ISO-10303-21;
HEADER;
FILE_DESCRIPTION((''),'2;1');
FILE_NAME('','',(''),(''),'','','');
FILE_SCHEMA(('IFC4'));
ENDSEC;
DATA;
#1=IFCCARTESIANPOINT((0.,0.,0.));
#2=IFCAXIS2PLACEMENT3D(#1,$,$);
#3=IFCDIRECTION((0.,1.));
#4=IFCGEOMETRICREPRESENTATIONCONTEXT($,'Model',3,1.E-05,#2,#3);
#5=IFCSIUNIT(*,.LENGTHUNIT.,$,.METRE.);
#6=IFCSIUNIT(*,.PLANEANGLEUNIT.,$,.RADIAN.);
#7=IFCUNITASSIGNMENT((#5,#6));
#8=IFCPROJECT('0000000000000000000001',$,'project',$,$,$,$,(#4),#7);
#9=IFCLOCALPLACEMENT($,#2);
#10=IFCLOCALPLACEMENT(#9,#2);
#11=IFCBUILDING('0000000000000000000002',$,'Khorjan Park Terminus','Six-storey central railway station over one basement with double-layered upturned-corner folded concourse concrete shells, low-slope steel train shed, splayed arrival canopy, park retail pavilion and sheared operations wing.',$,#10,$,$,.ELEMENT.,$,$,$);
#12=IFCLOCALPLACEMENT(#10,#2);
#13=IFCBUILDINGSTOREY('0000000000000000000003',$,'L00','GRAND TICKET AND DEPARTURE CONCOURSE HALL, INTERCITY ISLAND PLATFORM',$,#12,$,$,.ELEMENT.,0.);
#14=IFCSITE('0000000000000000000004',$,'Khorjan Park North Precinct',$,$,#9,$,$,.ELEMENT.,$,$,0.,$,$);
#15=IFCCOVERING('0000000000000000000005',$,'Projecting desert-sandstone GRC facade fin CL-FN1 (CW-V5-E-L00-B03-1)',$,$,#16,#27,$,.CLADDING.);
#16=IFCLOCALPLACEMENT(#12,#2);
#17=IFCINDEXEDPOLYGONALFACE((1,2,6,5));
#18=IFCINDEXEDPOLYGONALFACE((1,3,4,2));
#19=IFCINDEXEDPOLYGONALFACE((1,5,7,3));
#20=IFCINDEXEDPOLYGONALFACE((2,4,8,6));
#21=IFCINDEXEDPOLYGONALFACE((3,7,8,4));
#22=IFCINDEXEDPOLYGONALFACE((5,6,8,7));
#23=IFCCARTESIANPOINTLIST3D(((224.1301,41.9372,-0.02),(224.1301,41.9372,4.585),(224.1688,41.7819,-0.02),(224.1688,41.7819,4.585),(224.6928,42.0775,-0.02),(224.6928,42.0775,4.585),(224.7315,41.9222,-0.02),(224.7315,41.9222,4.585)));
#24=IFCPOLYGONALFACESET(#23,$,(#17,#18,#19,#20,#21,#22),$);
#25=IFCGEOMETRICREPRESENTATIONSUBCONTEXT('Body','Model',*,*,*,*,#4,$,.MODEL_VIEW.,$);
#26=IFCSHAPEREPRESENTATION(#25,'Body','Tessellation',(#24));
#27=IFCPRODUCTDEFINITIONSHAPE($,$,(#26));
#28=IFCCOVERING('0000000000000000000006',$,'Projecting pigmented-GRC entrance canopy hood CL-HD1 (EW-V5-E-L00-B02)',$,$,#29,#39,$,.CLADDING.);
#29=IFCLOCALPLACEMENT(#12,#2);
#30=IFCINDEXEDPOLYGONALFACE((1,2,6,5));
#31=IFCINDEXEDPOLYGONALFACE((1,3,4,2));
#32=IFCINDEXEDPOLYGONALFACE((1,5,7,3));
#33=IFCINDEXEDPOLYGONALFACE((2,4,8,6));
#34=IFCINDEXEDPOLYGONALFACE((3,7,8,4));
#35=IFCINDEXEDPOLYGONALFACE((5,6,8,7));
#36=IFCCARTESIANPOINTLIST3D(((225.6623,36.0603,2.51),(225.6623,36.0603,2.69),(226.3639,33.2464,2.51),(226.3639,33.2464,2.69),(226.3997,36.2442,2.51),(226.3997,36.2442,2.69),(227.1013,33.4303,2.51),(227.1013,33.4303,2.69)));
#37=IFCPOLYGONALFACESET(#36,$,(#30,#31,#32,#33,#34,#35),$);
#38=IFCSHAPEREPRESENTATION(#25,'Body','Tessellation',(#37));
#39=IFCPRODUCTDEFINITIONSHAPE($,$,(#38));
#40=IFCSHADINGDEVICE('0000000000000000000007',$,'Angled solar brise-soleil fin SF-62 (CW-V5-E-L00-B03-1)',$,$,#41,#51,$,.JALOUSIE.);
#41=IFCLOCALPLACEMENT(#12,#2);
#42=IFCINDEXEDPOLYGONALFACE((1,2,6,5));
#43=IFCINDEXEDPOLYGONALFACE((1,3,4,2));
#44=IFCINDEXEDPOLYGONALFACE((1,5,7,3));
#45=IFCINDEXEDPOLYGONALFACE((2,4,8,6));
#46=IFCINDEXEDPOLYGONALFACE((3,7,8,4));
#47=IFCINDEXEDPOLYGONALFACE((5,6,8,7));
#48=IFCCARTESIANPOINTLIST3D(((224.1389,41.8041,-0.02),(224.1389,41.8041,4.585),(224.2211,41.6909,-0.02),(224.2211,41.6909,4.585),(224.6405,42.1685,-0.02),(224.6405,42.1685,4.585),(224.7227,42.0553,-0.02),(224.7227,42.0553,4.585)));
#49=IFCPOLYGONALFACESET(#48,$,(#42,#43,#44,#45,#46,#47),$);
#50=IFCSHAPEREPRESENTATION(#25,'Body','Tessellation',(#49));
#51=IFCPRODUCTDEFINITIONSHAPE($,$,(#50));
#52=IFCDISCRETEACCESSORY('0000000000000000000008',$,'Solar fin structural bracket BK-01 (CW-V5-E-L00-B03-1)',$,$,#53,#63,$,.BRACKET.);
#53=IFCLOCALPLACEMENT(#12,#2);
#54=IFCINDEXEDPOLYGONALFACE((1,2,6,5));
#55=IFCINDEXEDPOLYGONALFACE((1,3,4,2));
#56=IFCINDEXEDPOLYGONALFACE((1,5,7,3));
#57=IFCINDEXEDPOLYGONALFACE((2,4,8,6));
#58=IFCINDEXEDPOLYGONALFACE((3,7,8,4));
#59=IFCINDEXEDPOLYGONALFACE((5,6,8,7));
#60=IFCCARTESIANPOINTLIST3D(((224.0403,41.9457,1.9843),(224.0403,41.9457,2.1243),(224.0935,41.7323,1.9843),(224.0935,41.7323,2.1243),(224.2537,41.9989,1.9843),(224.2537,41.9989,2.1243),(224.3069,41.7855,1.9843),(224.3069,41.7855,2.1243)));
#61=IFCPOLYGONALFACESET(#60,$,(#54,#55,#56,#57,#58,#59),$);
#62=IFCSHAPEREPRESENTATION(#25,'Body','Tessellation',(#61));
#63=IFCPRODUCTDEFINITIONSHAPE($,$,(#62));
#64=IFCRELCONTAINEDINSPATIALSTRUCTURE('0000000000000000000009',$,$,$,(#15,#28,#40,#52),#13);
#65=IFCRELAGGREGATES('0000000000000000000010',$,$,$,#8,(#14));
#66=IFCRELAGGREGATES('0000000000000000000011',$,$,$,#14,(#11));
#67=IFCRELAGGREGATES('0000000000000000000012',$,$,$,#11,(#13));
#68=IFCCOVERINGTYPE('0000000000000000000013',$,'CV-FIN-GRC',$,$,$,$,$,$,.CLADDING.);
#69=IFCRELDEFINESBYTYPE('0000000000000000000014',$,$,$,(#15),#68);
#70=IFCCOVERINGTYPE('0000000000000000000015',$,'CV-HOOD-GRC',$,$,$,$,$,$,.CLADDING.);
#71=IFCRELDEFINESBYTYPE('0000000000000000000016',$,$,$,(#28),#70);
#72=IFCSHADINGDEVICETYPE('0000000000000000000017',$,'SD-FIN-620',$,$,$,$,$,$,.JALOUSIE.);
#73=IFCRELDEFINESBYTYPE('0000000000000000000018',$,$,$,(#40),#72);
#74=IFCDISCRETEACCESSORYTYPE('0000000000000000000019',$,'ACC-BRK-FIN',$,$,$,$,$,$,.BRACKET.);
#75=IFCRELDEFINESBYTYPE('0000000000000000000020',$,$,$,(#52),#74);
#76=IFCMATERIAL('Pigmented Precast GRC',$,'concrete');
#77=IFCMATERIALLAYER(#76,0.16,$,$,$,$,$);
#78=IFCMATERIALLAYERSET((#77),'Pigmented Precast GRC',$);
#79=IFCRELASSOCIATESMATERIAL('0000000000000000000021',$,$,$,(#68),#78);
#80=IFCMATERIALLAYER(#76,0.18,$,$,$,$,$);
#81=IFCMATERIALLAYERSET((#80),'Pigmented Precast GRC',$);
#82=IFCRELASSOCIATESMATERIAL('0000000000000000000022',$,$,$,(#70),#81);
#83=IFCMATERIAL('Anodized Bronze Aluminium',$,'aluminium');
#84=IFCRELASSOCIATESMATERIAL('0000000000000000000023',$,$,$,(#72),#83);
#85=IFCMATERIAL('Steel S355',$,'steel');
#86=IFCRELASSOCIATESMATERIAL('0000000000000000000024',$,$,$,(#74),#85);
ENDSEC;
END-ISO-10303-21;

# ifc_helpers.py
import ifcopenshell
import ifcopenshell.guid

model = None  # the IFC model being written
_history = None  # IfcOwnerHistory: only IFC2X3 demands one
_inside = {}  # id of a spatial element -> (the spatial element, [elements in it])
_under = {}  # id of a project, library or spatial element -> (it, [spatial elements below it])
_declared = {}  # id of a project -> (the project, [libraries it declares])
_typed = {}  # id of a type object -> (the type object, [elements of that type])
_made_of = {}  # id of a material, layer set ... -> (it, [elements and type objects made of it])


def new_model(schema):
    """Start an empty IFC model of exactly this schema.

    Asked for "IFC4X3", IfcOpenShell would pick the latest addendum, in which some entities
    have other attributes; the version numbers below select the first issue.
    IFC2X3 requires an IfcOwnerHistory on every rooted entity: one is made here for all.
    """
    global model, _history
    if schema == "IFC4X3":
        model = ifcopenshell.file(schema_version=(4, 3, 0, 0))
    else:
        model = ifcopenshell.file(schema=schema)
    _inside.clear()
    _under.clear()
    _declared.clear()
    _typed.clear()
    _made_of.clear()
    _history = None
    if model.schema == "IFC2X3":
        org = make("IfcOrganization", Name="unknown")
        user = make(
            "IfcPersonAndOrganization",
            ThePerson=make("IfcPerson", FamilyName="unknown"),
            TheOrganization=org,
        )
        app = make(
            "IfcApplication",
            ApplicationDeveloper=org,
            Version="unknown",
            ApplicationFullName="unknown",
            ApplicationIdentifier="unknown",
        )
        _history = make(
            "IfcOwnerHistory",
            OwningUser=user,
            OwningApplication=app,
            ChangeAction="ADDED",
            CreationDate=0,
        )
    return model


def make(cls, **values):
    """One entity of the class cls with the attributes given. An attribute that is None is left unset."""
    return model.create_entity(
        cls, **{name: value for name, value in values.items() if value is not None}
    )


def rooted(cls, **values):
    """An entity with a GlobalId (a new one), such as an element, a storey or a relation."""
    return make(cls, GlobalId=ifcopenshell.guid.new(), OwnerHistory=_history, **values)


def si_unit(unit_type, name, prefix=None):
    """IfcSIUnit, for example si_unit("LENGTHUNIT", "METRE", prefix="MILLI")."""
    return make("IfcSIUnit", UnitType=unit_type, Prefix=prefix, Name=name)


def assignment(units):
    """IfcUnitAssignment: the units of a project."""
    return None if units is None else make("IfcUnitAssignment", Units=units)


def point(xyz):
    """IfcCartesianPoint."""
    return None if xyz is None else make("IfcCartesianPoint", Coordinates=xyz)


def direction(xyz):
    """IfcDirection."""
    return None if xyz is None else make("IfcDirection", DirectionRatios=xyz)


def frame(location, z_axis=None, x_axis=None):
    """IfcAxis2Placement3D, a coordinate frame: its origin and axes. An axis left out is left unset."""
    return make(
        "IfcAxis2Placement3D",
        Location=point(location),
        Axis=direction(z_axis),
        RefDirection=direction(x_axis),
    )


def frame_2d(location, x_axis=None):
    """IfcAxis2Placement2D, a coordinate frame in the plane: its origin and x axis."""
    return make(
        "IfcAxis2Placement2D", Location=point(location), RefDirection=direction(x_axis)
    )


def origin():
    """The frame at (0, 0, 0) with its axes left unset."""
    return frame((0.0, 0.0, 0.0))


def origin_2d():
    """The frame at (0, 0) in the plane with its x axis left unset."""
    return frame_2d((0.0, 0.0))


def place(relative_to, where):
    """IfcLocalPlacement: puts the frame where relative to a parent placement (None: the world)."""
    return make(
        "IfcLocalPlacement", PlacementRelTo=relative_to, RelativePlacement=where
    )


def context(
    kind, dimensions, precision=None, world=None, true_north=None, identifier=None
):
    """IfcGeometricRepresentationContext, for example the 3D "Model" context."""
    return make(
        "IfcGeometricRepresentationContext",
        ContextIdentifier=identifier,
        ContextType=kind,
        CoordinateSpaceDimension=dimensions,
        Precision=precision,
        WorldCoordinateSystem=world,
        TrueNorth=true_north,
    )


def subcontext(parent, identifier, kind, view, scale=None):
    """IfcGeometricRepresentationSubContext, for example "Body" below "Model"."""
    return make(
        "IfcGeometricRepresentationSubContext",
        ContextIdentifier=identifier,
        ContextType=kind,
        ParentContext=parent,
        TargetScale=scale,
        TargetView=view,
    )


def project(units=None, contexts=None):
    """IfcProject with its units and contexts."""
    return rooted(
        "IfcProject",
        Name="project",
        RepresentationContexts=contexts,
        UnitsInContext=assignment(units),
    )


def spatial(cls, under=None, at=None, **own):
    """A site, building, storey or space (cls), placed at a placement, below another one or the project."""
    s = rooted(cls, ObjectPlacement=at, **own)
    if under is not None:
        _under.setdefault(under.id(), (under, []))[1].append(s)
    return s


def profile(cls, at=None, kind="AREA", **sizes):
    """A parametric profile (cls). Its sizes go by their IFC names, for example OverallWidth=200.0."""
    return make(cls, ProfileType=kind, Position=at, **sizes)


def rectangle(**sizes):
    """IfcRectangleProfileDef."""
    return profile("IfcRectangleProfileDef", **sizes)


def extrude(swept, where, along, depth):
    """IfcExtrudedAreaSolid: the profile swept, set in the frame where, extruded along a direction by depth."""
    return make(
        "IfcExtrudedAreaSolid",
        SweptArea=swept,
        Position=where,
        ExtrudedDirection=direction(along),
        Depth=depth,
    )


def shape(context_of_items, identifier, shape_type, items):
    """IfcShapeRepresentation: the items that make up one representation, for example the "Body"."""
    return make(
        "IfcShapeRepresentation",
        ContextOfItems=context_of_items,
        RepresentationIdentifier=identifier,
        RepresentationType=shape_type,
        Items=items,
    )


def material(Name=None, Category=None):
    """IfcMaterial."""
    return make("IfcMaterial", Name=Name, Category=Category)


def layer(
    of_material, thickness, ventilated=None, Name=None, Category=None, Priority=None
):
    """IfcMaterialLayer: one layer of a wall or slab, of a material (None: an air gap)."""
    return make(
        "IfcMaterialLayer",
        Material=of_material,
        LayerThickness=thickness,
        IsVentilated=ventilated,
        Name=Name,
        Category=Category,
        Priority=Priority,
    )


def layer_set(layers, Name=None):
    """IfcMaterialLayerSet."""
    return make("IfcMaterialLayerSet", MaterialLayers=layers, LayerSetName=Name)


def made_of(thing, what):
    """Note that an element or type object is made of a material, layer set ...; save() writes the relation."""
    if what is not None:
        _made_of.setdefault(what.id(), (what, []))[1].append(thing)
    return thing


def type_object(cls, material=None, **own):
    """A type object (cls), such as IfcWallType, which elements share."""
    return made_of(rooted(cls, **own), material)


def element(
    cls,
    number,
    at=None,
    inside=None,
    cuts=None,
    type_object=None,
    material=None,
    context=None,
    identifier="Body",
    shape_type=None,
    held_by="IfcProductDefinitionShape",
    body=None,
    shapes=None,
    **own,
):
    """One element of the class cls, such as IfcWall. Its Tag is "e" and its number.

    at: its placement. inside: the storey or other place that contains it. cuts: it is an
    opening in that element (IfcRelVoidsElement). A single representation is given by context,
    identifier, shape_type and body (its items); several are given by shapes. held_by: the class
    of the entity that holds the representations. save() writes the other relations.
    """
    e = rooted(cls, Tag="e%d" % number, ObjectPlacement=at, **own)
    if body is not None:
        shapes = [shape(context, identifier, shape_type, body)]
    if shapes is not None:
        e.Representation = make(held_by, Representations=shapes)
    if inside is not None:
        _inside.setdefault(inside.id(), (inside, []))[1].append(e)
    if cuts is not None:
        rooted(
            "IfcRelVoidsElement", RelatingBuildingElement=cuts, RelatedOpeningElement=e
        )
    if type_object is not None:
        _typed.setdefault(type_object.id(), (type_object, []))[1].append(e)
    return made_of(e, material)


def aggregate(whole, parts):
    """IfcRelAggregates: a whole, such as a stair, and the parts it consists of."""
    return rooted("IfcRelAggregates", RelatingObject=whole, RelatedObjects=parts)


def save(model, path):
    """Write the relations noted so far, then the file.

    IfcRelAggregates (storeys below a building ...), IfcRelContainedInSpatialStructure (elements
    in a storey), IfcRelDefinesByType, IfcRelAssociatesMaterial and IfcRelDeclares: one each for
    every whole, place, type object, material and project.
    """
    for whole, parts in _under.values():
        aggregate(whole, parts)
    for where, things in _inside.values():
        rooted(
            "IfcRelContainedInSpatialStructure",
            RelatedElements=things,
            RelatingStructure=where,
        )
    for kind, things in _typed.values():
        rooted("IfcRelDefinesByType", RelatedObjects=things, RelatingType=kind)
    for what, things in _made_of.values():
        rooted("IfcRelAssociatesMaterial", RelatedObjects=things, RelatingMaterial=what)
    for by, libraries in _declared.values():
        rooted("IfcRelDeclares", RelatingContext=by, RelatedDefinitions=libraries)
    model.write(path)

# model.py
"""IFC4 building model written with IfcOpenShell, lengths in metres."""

from ifc_helpers import new_model, si_unit, direction, frame, origin, origin_2d, place, context, subcontext, project, spatial, rectangle, extrude, material, layer, layer_set, type_object, element, save


model = new_model("IFC4")

# Units and contexts
model_context = context("Model", 3, precision=1e-05, world=origin(), true_north=direction((0.0, 1.0)))
body_context = subcontext(model_context, "Body", "Model", "MODEL_VIEW")
ifc_project = project(units=[si_unit("LENGTHUNIT", "METRE"), si_unit("PLANEANGLEUNIT", "RADIAN")], contexts=[model_context])

# Site, building, storey
site_placement = place(None, origin())
site = spatial("IfcSite", under=ifc_project, at=site_placement, Name="Khorjan Park North Precinct", CompositionType="ELEMENT", RefElevation=0.0)
building_placement = place(site_placement, origin())
building = spatial("IfcBuilding", under=site, at=building_placement, Name="Khorjan Park Terminus", Description="Six-storey central railway station over one basement with double-layered upturned-corner folded concourse concrete shells, low-slope steel train shed, splayed arrival canopy, park retail pavilion and sheared operations wing.", CompositionType="ELEMENT")
storey_placement = place(building_placement, origin())
storey = spatial("IfcBuildingStorey", under=building, at=storey_placement, Name="L00", Description="GRAND TICKET AND DEPARTURE CONCOURSE HALL, INTERCITY ISLAND PLATFORM", CompositionType="ELEMENT", Elevation=0.0)

# Shared definitions
ifc_material_1 = material(Name="Steel S355", Category="steel")

# Shared definitions
ifc_material_2 = material(Name="Anodized Bronze Aluminium", Category="aluminium")

# Coverings
ifc_material_3 = material(Name="Pigmented Precast GRC", Category="concrete")
ifc_layer_1 = layer(ifc_material_3, 0.16)
ifc_layer_set_1 = layer_set([ifc_layer_1], Name="Pigmented Precast GRC")
covering_type_1 = type_object("IfcCoveringType", Name="CV-FIN-GRC", PredefinedType="CLADDING", material=ifc_layer_set_1)
covering_1_placement = place(storey_placement, frame((224.4308, 41.9297, -0.02), z_axis=(0.0, 0.0, 1.0), x_axis=(-0.970296, -0.241922, 0.0)))
element("IfcCovering", 1, at=covering_1_placement, inside=storey, type_object=covering_type_1, Name="Projecting desert-sandstone GRC facade fin CL-FN1 (CW-V5-E-L00-B03-1)", PredefinedType="CLADDING", context=body_context, shape_type="SweptSolid", body=[
    extrude(rectangle(XDim=0.58, YDim=0.16, at=origin_2d()), origin(), (0.0, 0.0, 1.0), 4.605),
])
ifc_layer_2 = layer(ifc_material_3, 0.18)
ifc_layer_set_2 = layer_set([ifc_layer_2], Name="Pigmented Precast GRC")
covering_type_2 = type_object("IfcCoveringType", Name="CV-HOOD-GRC", PredefinedType="CLADDING", material=ifc_layer_set_2)
covering_2_placement = place(storey_placement, frame((226.3818, 34.7453, 2.51), z_axis=(0.0, 0.0, 1.0), x_axis=(-0.24192, 0.970296, 0.0)))
element("IfcCovering", 2, at=covering_2_placement, inside=storey, type_object=covering_type_2, Name="Projecting pigmented-GRC entrance canopy hood CL-HD1 (EW-V5-E-L00-B02)", PredefinedType="CLADDING", context=body_context, shape_type="SweptSolid", body=[
    extrude(rectangle(XDim=2.9, YDim=0.76, at=origin_2d()), origin(), (0.0, 0.0, 1.0), 0.18),
])

# Shading device
shading_device_type = type_object("IfcShadingDeviceType", Name="SD-FIN-620", PredefinedType="JALOUSIE", material=ifc_material_2)
shading_device_placement = place(storey_placement, frame((224.4308, 41.9297, -0.02), z_axis=(0.0, 0.0, 1.0), x_axis=(-0.809017, -0.587785, 0.0)))
element("IfcShadingDevice", 3, at=shading_device_placement, inside=storey, type_object=shading_device_type, Name="Angled solar brise-soleil fin SF-62 (CW-V5-E-L00-B03-1)", PredefinedType="JALOUSIE", context=body_context, shape_type="SweptSolid", body=[
    extrude(rectangle(XDim=0.62, YDim=0.14, at=origin_2d()), origin(), (0.0, 0.0, 1.0), 4.605),
])

# Discrete accessory
discrete_accessory_type = type_object("IfcDiscreteAccessoryType", Name="ACC-BRK-FIN", PredefinedType="BRACKET", material=ifc_material_1)
discrete_accessory_placement = place(storey_placement, frame((224.1736, 41.8656, 1.9843), z_axis=(0.0, 0.0, 1.0), x_axis=(-0.241923, 0.970295, 0.0)))
element("IfcDiscreteAccessory", 4, at=discrete_accessory_placement, inside=storey, type_object=discrete_accessory_type, Name="Solar fin structural bracket BK-01 (CW-V5-E-L00-B03-1)", PredefinedType="BRACKET", context=body_context, shape_type="SweptSolid", body=[
    extrude(rectangle(XDim=0.22, YDim=0.22, at=origin_2d()), origin(), (0.0, 0.0, 1.0), 0.14),
])

save(model, "model.ifc")
